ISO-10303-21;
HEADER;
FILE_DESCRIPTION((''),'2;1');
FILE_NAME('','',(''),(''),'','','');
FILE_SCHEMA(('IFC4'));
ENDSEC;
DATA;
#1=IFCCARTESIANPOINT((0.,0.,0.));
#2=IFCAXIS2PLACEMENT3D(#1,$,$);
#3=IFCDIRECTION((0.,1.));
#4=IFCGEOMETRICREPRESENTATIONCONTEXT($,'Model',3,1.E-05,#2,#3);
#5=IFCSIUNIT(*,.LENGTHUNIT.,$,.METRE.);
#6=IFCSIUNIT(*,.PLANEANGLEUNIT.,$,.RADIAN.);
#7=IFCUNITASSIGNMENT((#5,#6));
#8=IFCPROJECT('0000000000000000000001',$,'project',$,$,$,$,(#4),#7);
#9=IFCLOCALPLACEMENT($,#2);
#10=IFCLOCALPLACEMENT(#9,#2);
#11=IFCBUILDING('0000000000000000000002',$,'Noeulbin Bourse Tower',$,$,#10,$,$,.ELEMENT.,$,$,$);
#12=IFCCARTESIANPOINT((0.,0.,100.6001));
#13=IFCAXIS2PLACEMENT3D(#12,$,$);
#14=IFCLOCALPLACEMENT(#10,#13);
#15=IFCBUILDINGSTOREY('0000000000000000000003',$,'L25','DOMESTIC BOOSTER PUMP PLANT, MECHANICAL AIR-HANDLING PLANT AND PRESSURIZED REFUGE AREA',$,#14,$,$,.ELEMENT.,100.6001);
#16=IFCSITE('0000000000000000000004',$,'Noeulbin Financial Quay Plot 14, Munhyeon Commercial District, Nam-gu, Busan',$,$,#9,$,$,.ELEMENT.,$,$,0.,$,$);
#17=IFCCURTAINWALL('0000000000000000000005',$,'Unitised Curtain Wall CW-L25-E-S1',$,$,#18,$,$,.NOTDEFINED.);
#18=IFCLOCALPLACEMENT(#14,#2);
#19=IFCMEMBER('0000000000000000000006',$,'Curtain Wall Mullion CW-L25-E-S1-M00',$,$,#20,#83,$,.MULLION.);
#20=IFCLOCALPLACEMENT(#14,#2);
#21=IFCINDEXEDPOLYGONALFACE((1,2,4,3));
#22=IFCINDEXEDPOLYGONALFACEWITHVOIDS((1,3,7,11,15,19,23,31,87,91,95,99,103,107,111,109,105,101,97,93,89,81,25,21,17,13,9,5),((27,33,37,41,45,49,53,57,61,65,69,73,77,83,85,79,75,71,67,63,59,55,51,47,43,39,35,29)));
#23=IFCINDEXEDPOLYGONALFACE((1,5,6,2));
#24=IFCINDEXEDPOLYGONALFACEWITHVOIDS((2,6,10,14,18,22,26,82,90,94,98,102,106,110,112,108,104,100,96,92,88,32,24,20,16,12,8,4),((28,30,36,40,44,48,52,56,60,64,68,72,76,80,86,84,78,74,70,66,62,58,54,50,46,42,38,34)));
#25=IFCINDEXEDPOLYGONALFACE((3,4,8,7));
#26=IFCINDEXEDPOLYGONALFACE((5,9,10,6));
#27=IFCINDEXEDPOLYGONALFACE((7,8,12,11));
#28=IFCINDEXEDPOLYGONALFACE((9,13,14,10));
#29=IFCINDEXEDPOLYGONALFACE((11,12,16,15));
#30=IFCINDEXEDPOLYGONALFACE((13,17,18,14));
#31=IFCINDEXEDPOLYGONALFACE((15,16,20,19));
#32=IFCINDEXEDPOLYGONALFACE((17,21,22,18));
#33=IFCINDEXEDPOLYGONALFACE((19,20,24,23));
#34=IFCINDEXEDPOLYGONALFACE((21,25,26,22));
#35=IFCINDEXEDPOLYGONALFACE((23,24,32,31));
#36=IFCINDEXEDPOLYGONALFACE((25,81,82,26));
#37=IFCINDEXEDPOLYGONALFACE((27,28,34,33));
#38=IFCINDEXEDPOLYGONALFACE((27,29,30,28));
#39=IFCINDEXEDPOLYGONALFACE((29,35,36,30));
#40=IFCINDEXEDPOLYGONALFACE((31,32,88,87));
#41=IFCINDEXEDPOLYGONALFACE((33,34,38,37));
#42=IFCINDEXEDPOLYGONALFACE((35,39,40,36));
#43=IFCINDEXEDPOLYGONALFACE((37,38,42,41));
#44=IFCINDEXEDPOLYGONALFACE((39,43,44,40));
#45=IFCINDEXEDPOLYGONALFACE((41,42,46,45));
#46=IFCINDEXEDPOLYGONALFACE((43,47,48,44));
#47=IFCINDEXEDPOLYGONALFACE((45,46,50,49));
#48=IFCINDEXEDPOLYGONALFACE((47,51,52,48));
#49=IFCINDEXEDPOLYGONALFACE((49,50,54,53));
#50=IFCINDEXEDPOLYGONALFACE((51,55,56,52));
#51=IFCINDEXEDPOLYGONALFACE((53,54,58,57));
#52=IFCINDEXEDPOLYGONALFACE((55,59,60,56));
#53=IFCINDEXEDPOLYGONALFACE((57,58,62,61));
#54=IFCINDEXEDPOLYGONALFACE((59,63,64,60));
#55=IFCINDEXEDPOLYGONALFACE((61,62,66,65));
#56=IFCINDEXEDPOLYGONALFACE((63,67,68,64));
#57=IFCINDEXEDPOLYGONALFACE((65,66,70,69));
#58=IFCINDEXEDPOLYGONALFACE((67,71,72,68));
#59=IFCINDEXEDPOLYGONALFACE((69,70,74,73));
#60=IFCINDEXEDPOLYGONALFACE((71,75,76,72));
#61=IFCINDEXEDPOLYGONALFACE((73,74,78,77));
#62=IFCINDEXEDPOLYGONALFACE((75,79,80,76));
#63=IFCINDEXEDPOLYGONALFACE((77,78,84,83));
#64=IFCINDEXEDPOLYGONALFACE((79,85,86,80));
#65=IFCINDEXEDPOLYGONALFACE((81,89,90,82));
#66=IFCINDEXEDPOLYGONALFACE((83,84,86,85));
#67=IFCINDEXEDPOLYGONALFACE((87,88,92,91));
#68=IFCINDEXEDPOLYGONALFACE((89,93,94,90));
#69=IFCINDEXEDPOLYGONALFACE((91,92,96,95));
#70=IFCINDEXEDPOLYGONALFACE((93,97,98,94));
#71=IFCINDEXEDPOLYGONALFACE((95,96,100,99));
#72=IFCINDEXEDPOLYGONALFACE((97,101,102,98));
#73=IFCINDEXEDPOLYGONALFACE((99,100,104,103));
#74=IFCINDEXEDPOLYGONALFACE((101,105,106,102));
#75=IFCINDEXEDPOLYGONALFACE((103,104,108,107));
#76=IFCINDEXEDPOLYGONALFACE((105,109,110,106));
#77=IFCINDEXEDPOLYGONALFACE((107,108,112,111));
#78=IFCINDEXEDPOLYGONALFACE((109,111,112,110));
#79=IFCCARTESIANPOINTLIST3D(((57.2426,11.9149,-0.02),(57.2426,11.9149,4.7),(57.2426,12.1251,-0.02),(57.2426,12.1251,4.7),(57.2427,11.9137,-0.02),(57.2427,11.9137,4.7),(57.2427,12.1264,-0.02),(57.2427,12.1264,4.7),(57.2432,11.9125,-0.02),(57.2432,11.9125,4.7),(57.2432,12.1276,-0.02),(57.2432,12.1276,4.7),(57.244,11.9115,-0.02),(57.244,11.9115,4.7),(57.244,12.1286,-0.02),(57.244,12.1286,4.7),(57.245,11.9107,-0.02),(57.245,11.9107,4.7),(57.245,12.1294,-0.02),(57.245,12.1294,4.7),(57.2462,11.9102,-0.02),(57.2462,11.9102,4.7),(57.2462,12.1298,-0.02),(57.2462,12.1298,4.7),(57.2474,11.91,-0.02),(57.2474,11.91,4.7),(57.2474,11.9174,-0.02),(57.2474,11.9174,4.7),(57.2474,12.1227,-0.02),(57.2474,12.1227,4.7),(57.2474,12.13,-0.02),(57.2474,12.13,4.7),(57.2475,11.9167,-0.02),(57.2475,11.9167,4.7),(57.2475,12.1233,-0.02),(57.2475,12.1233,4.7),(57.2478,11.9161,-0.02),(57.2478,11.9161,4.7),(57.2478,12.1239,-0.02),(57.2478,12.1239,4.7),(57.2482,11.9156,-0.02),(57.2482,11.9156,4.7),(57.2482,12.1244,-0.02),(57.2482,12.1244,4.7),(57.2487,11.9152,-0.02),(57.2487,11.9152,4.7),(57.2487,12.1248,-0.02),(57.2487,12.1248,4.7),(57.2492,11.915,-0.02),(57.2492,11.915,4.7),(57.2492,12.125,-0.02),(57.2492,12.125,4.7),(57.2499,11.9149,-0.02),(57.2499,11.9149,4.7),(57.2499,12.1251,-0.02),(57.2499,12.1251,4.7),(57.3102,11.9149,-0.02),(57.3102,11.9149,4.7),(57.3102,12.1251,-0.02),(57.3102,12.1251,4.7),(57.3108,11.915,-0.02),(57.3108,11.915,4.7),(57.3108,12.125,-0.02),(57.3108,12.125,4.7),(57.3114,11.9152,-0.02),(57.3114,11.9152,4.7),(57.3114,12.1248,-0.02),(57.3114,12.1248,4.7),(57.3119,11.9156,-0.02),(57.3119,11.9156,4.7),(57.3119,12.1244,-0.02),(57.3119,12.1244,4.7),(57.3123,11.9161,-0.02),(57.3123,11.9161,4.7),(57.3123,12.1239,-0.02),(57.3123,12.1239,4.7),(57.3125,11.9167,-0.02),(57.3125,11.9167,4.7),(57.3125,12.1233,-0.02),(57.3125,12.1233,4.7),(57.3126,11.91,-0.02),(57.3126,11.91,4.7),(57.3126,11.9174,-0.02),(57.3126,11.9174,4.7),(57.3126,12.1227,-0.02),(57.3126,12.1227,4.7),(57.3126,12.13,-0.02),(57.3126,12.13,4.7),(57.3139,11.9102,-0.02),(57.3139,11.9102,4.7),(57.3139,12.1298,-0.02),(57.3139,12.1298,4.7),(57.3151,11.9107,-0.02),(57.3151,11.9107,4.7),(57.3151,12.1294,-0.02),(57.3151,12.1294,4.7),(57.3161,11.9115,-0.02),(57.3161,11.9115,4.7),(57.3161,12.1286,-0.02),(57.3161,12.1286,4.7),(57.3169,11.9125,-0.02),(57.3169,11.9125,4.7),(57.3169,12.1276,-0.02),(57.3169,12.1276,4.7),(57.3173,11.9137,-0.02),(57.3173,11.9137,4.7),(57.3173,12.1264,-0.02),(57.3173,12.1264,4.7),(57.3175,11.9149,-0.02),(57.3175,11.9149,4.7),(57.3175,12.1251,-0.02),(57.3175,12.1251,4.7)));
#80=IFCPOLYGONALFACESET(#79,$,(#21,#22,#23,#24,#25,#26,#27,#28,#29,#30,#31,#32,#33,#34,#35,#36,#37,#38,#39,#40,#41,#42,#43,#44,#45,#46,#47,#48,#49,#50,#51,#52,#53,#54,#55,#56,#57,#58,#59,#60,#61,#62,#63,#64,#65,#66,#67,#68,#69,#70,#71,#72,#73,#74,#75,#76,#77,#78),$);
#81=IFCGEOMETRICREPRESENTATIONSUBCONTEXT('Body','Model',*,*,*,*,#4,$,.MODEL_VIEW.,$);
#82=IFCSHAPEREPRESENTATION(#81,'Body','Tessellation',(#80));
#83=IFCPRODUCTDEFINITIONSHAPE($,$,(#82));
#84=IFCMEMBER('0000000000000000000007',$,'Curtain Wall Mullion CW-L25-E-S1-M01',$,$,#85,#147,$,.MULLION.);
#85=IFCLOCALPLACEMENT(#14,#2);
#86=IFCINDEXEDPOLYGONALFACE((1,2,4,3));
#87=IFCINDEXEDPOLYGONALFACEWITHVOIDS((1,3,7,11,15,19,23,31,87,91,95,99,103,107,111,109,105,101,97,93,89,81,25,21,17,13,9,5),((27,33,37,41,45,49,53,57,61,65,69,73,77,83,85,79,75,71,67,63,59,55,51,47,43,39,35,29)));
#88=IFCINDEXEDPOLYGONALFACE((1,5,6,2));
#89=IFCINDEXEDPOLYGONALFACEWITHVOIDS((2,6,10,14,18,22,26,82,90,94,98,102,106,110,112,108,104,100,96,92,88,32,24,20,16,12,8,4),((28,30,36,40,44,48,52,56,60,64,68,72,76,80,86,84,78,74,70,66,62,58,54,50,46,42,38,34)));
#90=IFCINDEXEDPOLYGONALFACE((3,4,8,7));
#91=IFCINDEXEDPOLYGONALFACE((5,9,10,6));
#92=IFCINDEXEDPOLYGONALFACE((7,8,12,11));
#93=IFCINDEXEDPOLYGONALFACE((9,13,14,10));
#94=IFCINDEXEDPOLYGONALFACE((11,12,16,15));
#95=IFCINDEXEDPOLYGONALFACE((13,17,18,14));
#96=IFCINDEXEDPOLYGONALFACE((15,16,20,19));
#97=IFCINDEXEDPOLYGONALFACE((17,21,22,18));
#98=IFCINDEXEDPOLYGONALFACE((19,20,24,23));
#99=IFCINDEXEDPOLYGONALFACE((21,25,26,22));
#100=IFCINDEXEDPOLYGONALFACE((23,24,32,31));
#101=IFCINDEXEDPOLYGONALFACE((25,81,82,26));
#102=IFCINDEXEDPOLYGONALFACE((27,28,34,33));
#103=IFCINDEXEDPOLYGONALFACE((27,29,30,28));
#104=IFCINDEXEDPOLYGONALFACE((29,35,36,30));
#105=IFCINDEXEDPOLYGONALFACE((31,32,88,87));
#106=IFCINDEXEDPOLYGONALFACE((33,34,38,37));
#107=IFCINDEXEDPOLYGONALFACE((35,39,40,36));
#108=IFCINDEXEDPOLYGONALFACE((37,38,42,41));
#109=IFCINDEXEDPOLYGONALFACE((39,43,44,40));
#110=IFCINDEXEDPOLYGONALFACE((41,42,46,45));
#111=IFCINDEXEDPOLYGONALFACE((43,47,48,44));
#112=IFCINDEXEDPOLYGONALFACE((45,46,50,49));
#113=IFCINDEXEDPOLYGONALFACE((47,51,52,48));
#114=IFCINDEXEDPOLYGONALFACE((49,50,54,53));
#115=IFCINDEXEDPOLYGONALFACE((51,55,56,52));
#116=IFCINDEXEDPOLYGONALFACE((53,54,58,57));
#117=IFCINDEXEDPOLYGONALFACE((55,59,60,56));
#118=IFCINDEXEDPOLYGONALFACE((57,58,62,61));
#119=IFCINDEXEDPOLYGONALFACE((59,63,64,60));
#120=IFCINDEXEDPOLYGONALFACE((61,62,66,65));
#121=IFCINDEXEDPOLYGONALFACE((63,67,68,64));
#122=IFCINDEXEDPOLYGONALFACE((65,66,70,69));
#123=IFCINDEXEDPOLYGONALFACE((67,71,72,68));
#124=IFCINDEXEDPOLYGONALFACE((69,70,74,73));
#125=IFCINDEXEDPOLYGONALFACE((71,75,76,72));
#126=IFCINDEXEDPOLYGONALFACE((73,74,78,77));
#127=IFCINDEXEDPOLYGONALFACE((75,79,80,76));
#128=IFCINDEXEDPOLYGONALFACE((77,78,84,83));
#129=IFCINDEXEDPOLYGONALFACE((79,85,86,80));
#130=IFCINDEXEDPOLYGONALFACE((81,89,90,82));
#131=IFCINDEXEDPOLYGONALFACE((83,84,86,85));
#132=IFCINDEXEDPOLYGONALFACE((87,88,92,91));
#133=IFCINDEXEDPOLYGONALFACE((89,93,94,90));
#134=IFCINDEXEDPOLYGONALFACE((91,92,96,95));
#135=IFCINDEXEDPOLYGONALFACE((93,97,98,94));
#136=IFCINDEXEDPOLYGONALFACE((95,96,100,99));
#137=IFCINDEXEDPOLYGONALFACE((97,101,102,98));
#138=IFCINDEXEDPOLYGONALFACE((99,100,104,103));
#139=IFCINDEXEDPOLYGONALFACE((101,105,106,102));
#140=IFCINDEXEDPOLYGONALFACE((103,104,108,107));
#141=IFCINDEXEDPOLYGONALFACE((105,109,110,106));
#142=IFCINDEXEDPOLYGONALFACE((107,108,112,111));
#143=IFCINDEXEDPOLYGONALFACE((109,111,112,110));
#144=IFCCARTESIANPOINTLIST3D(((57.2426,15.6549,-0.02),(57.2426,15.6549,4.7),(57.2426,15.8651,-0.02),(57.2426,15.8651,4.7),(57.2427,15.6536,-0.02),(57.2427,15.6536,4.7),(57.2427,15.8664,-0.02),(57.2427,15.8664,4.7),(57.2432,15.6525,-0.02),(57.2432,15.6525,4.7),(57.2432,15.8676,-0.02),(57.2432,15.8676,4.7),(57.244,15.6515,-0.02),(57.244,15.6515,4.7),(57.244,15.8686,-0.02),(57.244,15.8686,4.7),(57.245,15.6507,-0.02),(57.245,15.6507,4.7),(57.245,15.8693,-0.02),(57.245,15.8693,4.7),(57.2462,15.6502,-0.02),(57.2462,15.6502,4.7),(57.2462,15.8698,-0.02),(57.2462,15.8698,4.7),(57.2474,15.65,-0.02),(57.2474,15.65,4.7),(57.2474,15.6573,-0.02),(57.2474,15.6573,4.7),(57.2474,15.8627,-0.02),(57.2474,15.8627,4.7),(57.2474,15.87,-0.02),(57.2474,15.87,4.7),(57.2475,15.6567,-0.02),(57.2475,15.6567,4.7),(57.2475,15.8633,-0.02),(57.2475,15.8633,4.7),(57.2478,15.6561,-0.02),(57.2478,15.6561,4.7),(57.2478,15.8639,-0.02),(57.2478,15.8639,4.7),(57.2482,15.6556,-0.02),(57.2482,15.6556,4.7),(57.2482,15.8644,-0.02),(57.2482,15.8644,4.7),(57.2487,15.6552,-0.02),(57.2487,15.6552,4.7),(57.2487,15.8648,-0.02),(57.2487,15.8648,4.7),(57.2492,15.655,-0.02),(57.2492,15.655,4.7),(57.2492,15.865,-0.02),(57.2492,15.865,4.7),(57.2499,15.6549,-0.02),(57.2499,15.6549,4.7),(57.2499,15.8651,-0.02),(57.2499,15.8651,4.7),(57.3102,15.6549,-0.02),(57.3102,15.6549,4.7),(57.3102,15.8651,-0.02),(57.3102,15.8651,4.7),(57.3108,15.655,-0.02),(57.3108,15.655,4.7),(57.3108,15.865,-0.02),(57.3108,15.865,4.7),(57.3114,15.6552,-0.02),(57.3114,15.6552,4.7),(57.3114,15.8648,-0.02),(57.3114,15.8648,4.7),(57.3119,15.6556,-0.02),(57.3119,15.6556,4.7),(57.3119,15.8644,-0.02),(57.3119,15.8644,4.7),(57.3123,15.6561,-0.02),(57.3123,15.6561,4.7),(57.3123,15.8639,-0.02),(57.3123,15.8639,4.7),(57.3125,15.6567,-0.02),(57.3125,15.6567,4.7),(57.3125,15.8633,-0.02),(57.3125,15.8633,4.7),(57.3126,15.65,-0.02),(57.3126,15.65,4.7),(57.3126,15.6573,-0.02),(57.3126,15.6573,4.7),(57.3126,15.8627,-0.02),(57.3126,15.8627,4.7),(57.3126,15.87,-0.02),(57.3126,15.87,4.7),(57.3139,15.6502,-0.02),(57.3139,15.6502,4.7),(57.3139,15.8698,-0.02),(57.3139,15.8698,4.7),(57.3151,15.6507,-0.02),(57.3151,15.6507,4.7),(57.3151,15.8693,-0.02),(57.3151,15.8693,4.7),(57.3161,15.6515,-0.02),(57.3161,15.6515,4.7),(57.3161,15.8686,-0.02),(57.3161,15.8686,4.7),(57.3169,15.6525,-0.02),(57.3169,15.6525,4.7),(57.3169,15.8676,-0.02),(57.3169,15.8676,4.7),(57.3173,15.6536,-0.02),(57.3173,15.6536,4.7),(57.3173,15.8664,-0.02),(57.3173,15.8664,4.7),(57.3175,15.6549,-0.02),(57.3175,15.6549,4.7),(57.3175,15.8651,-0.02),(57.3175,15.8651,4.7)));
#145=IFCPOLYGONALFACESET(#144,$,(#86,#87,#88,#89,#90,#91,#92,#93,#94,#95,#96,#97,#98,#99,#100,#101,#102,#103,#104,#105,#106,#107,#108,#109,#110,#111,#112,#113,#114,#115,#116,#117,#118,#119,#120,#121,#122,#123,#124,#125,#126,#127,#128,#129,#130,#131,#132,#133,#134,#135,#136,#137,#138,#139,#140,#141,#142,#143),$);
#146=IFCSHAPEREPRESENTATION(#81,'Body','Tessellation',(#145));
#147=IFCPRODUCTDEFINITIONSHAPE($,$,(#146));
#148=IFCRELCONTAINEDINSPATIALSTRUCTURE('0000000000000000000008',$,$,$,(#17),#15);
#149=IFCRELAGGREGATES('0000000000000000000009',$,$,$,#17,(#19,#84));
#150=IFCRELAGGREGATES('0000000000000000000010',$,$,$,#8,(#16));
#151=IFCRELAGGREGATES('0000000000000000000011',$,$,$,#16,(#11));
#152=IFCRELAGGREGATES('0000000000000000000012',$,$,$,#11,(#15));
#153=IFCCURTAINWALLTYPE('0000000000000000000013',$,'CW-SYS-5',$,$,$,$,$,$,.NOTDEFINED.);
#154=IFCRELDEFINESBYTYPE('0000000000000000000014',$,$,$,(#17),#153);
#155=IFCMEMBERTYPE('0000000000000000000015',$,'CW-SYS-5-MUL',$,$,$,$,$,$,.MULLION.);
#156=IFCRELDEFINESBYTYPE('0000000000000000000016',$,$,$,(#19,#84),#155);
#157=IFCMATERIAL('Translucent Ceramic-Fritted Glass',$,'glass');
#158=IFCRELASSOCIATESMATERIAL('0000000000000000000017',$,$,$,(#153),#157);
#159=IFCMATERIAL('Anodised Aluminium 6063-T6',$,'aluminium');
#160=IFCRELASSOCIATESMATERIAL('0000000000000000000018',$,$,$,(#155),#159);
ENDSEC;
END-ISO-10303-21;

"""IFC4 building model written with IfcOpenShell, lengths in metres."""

from ifc_helpers import new_model, si_unit, direction, frame, origin, origin_2d, place, context, subcontext, project, spatial, hollow_rectangle, extrude, material, material_profile, profile_set, type_object, element, aggregate, save


model = new_model("IFC4")

# Units and contexts
model_context = context("Model", 3, precision=1e-05, world=origin(), true_north=direction((0.0, 1.0)))
body_context = subcontext(model_context, "Body", "Model", "MODEL_VIEW")
ifc_project = project(units=[si_unit("LENGTHUNIT", "METRE"), si_unit("PLANEANGLEUNIT", "RADIAN")], contexts=[model_context])

# Site, building, storey
site_placement = place(None, origin())
site = spatial("IfcSite", under=ifc_project, at=site_placement, Name="Noeulbin Financial Quay Plot 14, Munhyeon Commercial District, Nam-gu, Busan", CompositionType="ELEMENT", RefElevation=0.0)
building_placement = place(site_placement, origin())
building = spatial("IfcBuilding", under=site, at=building_placement, Name="Noeulbin Bourse Tower", CompositionType="ELEMENT")
storey_placement = place(building_placement, frame((0.0, 0.0, 100.6001)))
storey = spatial("IfcBuildingStorey", under=building, at=storey_placement, Name="L25", Description="DOMESTIC BOOSTER PUMP PLANT, MECHANICAL AIR-HANDLING PLANT AND PRESSURIZED REFUGE AREA", CompositionType="ELEMENT", Elevation=100.6001)

# Curtain wall, members
ifc_material_1 = material(Name="Translucent Ceramic-Fritted Glass", Category="glass")
curtain_wall_type = type_object("IfcCurtainWallType", Name="CW-SYS-5", PredefinedType="NOTDEFINED", material=ifc_material_1)
ifc_material_2 = material(Name="Anodised Aluminium 6063-T6", Category="aluminium")
ifc_material_profile_1 = material_profile(ifc_material_2, hollow_rectangle(XDim=0.075, YDim=0.22, WallThickness=0.0049, InnerFilletRadius=0.0024, OuterFilletRadius=0.0049, at=origin_2d()), Name="ALU-MULL-75x220x5", Category="LoadBearing")
ifc_profile_set_1 = profile_set([ifc_material_profile_1], Name="Anodised Aluminium 6063-T6")
member_type_1 = type_object("IfcMemberType", Name="CW-SYS-5-MUL", PredefinedType="MULLION", material=ifc_profile_set_1)
curtain_wall_1_placement = place(storey_placement, origin())
curtain_wall_1 = element("IfcCurtainWall", 1, at=curtain_wall_1_placement, inside=storey, type_object=curtain_wall_type, Name="Unitised Curtain Wall CW-L25-E-S1", PredefinedType="NOTDEFINED")
member_1_placement = place(storey_placement, frame((57.28, 12.02, -0.02), z_axis=(0.0, 0.0, 1.0), x_axis=(1.0, 0.0, 0.0)))
member_1 = element("IfcMember", 2, at=member_1_placement, type_object=member_type_1, Name="Curtain Wall Mullion CW-L25-E-S1-M00", PredefinedType="MULLION", context=body_context, shape_type="SweptSolid", body=[
    extrude(hollow_rectangle(XDim=0.075, YDim=0.22, WallThickness=0.0049, InnerFilletRadius=0.0024, OuterFilletRadius=0.0049, at=origin_2d()), origin(), (0.0, 0.0, 1.0), 4.72),
])
member_2_placement = place(storey_placement, frame((57.28, 15.76, -0.02), z_axis=(0.0, 0.0, 1.0), x_axis=(1.0, 0.0, 0.0)))
member_2 = element("IfcMember", 3, at=member_2_placement, type_object=member_type_1, Name="Curtain Wall Mullion CW-L25-E-S1-M01", PredefinedType="MULLION", context=body_context, shape_type="SweptSolid", body=[
    extrude(hollow_rectangle(XDim=0.075, YDim=0.22, WallThickness=0.0049, InnerFilletRadius=0.0024, OuterFilletRadius=0.0049, at=origin_2d()), origin(), (0.0, 0.0, 1.0), 4.72),
])

aggregate(curtain_wall_1, [member_1, member_2])

save(model, "model.ifc")
